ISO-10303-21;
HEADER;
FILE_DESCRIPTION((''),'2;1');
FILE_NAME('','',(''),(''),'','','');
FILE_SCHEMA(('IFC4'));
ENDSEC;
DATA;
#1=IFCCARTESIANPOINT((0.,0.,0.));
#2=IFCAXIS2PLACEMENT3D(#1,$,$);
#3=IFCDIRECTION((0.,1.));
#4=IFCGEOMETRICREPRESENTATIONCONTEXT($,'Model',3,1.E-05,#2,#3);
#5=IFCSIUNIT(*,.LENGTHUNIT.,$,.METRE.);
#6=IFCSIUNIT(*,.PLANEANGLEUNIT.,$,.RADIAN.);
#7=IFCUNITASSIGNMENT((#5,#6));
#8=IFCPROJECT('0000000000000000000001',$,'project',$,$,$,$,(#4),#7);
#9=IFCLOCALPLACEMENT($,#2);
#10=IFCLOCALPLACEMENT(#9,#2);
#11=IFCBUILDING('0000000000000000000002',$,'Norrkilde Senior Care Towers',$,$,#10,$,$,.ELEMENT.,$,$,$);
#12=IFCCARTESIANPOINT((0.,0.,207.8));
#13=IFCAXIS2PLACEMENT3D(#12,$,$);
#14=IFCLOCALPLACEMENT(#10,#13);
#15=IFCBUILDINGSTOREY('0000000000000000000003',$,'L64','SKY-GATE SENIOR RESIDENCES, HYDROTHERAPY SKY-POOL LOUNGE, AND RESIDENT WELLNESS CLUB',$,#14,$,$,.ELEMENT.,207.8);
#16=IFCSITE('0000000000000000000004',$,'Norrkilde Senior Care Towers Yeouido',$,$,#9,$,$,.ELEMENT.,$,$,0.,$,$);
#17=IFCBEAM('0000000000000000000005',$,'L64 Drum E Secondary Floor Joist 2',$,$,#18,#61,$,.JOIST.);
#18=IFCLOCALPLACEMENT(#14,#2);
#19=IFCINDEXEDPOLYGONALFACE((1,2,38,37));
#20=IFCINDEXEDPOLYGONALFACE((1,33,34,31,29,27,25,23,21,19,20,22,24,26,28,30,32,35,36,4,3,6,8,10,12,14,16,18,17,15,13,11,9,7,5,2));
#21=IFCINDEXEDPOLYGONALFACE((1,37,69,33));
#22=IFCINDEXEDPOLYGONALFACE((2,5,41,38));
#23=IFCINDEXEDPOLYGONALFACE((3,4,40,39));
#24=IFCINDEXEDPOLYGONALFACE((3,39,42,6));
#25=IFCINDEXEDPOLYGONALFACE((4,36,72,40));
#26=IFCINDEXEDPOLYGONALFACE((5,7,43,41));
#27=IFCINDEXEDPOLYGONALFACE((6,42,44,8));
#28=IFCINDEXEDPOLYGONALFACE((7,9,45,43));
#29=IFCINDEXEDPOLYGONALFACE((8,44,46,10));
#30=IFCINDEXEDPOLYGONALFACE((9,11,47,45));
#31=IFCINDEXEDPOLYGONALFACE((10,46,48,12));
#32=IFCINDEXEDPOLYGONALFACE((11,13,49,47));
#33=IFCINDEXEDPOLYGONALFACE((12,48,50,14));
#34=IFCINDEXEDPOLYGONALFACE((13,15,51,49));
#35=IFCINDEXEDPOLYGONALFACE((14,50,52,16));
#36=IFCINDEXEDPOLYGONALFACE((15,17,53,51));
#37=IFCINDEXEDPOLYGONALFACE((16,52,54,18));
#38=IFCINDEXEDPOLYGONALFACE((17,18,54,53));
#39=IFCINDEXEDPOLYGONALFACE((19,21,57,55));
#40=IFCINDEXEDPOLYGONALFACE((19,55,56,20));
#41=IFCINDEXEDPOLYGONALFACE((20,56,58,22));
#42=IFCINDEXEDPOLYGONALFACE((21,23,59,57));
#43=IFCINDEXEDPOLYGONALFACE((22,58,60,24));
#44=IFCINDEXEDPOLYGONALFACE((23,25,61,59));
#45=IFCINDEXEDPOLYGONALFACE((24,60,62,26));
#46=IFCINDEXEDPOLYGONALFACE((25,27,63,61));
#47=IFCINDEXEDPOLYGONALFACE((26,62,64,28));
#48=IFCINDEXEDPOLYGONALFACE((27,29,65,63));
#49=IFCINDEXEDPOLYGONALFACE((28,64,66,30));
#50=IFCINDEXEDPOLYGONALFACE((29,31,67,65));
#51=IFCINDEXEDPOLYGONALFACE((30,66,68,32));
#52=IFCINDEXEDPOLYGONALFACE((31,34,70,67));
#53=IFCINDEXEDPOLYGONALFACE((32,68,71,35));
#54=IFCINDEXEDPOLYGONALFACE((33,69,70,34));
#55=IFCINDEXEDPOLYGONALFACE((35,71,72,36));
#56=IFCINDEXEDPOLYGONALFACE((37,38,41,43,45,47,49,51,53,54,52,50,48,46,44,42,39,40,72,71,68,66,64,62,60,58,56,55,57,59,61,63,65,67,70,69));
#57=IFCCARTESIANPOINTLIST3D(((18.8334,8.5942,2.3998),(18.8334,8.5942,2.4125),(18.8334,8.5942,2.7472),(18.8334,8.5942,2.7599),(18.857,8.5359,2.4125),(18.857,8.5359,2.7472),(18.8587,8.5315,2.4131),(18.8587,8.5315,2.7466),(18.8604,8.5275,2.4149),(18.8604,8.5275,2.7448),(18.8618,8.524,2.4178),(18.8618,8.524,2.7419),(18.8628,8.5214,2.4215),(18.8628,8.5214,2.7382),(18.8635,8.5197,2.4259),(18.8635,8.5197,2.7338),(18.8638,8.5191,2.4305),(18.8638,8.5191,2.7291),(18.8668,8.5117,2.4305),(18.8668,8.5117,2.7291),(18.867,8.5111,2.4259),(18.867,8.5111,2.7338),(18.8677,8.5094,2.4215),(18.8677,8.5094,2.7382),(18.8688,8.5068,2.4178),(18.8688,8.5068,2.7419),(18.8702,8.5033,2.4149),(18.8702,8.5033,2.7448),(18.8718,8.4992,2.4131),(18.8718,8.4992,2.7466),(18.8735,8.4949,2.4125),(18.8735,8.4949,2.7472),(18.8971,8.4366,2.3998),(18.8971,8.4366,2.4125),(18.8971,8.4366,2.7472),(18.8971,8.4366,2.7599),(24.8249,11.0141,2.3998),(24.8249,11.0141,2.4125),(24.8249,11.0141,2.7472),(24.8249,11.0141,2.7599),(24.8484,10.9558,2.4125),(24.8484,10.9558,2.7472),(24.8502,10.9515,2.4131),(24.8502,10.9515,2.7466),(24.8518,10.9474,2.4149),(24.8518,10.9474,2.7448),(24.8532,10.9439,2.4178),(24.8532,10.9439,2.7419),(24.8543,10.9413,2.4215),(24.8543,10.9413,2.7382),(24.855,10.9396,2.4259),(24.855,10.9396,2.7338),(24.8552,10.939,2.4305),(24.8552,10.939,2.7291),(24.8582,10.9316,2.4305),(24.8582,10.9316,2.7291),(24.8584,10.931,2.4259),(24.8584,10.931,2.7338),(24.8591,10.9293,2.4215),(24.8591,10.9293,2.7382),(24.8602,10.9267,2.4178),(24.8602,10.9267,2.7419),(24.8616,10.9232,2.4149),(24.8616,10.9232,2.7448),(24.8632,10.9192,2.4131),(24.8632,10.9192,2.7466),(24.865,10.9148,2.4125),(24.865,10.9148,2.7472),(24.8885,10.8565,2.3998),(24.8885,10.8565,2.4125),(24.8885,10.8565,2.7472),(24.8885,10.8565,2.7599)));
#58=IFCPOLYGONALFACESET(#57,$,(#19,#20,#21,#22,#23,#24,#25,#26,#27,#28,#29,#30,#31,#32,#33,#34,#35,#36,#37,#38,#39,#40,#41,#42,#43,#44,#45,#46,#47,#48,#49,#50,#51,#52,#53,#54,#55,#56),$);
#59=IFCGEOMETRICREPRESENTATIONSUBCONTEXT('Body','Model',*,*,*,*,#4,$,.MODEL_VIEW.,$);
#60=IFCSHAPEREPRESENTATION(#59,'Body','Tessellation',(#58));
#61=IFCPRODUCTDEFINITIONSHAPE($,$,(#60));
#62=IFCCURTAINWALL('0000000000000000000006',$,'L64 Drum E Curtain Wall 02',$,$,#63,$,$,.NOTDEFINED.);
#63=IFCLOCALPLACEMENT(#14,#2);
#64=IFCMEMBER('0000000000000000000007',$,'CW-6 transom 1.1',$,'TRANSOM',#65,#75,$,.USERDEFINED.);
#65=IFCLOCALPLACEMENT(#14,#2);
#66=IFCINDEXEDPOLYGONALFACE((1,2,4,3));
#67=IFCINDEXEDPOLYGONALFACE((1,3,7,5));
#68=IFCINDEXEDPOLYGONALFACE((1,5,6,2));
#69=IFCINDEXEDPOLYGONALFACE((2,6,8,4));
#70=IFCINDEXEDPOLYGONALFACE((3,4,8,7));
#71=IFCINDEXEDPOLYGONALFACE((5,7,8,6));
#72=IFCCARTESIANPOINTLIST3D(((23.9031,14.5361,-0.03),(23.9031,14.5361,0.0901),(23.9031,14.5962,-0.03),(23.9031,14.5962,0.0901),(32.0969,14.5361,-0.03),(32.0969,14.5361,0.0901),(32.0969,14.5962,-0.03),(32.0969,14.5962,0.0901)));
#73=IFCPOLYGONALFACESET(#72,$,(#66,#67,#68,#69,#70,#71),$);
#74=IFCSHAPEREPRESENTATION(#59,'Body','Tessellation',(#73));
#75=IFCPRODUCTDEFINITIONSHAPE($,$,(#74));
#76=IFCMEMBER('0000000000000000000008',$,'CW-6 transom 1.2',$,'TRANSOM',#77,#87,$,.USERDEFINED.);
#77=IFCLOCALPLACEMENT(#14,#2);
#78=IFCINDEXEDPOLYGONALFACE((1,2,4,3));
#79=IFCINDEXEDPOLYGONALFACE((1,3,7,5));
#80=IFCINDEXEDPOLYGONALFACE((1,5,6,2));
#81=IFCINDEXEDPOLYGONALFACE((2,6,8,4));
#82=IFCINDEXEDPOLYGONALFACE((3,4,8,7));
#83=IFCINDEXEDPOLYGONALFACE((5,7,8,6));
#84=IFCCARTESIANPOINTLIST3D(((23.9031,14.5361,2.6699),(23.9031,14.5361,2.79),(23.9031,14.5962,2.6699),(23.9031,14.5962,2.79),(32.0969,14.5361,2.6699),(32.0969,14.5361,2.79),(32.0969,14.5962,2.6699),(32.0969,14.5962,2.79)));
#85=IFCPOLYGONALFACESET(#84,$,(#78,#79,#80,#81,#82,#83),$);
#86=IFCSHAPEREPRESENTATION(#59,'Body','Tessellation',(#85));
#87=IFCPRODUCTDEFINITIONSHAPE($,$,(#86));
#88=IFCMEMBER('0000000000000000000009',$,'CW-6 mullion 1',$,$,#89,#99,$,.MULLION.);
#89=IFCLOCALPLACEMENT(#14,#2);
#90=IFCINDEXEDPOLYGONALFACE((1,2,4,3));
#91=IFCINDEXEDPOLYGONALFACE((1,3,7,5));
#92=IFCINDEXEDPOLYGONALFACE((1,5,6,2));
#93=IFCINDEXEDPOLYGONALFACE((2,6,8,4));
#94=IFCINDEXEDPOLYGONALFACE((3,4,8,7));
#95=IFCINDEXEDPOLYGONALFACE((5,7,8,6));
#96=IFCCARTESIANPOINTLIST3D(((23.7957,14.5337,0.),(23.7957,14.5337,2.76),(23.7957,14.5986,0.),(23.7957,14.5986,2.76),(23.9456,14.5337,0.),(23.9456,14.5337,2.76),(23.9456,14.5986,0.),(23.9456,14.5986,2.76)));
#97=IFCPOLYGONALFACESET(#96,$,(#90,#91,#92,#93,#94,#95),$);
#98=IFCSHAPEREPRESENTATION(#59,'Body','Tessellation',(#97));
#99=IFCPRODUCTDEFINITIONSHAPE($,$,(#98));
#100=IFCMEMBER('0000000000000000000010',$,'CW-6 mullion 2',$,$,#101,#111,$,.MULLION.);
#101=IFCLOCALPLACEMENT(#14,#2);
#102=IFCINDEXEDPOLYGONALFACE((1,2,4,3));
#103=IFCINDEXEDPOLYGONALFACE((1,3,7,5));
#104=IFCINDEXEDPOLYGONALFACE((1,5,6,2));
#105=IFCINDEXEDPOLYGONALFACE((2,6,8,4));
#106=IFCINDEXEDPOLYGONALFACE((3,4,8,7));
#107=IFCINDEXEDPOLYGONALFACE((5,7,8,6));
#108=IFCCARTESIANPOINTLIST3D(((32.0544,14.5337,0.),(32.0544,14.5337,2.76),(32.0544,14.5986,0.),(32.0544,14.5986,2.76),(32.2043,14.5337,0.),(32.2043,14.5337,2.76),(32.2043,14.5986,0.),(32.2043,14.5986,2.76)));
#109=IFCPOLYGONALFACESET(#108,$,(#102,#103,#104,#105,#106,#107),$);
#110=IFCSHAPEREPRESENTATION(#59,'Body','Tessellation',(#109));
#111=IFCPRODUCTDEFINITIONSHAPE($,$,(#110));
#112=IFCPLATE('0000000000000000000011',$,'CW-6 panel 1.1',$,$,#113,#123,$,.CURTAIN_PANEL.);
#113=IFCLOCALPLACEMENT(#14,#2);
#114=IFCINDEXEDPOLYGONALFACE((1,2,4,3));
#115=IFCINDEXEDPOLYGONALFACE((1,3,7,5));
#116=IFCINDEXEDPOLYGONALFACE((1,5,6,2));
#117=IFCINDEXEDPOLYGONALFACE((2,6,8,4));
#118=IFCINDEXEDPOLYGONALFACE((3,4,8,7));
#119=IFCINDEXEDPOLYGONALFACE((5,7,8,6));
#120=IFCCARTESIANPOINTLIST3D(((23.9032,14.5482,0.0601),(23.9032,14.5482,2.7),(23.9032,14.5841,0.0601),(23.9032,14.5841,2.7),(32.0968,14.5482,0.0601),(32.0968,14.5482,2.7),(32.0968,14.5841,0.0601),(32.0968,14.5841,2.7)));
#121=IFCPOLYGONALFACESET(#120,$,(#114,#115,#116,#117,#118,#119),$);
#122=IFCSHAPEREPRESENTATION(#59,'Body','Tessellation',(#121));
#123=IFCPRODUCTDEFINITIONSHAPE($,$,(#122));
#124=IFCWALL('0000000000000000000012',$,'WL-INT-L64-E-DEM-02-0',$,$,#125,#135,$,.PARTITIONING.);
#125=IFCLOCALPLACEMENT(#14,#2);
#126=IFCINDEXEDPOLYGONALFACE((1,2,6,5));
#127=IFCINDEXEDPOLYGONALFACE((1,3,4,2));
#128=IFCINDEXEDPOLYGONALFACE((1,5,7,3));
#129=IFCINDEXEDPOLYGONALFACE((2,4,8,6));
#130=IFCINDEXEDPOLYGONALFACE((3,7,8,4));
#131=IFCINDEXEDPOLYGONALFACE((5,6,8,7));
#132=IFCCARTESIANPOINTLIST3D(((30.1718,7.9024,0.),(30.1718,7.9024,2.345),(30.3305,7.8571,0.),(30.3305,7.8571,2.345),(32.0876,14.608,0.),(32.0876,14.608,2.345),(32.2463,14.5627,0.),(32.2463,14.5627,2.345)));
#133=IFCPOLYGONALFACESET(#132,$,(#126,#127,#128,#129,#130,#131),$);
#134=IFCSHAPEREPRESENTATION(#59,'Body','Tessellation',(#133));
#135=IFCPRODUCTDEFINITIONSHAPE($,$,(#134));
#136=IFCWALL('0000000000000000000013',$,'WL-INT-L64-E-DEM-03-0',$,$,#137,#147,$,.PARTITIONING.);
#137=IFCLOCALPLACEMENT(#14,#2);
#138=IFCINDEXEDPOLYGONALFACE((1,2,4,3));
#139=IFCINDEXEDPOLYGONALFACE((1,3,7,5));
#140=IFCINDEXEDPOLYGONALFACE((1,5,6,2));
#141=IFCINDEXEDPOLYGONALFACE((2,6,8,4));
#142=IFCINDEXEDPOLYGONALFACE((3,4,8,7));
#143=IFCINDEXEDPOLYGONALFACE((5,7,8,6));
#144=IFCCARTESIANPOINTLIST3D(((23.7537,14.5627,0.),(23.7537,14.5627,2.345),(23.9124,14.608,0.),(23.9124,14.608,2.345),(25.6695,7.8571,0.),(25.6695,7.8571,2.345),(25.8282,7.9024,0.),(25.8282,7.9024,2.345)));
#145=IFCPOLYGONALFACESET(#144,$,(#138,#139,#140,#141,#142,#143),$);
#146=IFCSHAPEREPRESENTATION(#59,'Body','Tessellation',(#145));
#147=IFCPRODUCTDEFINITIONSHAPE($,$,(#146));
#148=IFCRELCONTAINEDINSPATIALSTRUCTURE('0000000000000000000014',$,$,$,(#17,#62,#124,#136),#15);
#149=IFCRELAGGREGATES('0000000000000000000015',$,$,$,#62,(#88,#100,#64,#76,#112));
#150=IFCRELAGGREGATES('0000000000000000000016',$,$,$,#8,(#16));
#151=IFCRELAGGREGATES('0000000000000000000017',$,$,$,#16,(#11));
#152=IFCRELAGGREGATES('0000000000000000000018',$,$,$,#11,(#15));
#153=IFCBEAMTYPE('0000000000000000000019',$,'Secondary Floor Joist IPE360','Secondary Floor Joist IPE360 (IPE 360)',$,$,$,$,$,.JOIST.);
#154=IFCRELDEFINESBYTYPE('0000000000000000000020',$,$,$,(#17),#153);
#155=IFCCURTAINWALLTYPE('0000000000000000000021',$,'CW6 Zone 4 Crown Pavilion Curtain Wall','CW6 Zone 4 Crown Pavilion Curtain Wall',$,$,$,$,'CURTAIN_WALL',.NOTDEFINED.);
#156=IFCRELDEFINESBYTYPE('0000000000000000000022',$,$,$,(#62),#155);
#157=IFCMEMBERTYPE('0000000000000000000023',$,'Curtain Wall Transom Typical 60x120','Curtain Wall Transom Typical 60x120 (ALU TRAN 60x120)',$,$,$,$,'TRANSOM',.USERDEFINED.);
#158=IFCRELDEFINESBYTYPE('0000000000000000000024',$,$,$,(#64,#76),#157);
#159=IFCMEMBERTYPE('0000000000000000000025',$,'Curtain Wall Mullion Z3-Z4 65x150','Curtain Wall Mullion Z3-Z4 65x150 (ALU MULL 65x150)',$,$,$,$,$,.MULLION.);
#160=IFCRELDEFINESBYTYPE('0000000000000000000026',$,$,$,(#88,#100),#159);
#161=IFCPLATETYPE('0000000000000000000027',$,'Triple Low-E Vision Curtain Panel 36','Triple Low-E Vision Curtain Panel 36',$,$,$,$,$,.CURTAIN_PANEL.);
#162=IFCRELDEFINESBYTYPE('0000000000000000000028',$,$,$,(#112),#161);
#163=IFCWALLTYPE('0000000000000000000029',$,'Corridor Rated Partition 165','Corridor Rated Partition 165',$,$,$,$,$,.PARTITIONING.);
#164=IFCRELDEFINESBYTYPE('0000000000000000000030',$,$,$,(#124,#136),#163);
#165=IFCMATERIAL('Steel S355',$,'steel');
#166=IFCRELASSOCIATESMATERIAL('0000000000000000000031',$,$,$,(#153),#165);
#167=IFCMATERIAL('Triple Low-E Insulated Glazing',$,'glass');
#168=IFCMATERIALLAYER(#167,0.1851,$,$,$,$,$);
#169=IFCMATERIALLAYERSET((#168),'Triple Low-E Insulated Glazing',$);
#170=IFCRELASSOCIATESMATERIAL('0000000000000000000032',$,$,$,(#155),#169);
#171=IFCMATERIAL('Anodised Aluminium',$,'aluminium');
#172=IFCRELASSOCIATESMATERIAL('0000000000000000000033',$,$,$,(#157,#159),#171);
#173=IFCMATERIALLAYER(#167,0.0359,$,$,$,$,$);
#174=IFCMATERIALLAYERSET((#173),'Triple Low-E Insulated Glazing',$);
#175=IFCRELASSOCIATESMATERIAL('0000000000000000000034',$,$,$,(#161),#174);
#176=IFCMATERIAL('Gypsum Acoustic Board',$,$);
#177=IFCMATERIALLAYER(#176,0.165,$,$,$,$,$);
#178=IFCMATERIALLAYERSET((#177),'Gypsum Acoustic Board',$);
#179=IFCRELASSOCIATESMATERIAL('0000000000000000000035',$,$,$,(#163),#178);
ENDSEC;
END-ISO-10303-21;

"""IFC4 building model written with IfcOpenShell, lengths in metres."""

from ifc_helpers import new_model, si_unit, direction, frame, frame_2d, origin, origin_2d, place, context, subcontext, project, spatial, rectangle, i_section, extrude, source, transform, mapped, material, layer, layer_set, material_profile, profile_set, type_object, type_shapes, element, aggregate, save


model = new_model("IFC4")

# Units and contexts
model_context = context("Model", 3, precision=1e-05, world=origin(), true_north=direction((0.0, 1.0)))
body_context = subcontext(model_context, "Body", "Model", "MODEL_VIEW")
ifc_project = project(units=[si_unit("LENGTHUNIT", "METRE"), si_unit("PLANEANGLEUNIT", "RADIAN")], contexts=[model_context])

# Site, building, storey
site_placement = place(None, origin())
site = spatial("IfcSite", under=ifc_project, at=site_placement, Name="Norrkilde Senior Care Towers Yeouido", CompositionType="ELEMENT", RefElevation=0.0)
building_placement = place(site_placement, origin())
building = spatial("IfcBuilding", under=site, at=building_placement, Name="Norrkilde Senior Care Towers", CompositionType="ELEMENT")
storey_placement = place(building_placement, frame((0.0, 0.0, 207.8)))
storey = spatial("IfcBuildingStorey", under=building, at=storey_placement, Name="L64", Description="SKY-GATE SENIOR RESIDENCES, HYDROTHERAPY SKY-POOL LOUNGE, AND RESIDENT WELLNESS CLUB", CompositionType="ELEMENT", Elevation=207.8)

# Beam
ifc_material_1 = material(Name="Steel S355", Category="steel")
ifc_material_profile_1 = material_profile(ifc_material_1, i_section(OverallWidth=0.1699, OverallDepth=0.3601, WebThickness=0.0081, FlangeThickness=0.0127, FilletRadius=0.0181, at=origin_2d()), Name="IPE 360")
ifc_profile_set_1 = profile_set([ifc_material_profile_1], Name="Steel S355")
beam_type_1 = type_object("IfcBeamType", Name="Secondary Floor Joist IPE360", Description="Secondary Floor Joist IPE360 (IPE 360)", PredefinedType="JOIST", material=ifc_profile_set_1)
shared_shape_1 = source(origin(), body_context, "Body", "SweptSolid", [
    extrude(i_section(OverallWidth=0.1699, OverallDepth=0.3601, WebThickness=0.0081, FlangeThickness=0.0127, FilletRadius=0.0181, at=origin_2d()), origin(), (0.0, 0.0, 1.0), 6.4617),
])
type_shapes(beam_type_1, [shared_shape_1])
beam_1_placement = place(storey_placement, frame((24.8567, 10.9353, 2.5798), z_axis=(-0.927226, -0.374502, 0.0), x_axis=(0.374502, -0.927226, 0.0)))
element("IfcBeam", 1, at=beam_1_placement, inside=storey, type_object=beam_type_1, Name="L64 Drum E Secondary Floor Joist 2", PredefinedType="JOIST", context=body_context, shape_type="MappedRepresentation", body=[
    mapped(shared_shape_1, transform((0.0, 0.0, 0.0), x_axis=(1.0, 0.0, 0.0), y_axis=(0.0, 1.0, 0.0), z_axis=(0.0, 0.0, 1.0), scale=1.0)),
])

# Curtain wall, members, plate
ifc_material_2 = material(Name="Triple Low-E Insulated Glazing", Category="glass")
ifc_layer_1 = layer(ifc_material_2, 0.1851)
ifc_layer_set_1 = layer_set([ifc_layer_1], Name="Triple Low-E Insulated Glazing")
curtain_wall_type = type_object("IfcCurtainWallType", Name="CW6 Zone 4 Crown Pavilion Curtain Wall", Description="CW6 Zone 4 Crown Pavilion Curtain Wall", ElementType="CURTAIN_WALL", PredefinedType="NOTDEFINED", material=ifc_layer_set_1)
curtain_wall_placement = place(storey_placement, origin())
curtain_wall = element("IfcCurtainWall", 2, at=curtain_wall_placement, inside=storey, type_object=curtain_wall_type, Name="L64 Drum E Curtain Wall 02", PredefinedType="NOTDEFINED")
ifc_material_3 = material(Name="Anodised Aluminium", Category="aluminium")
ifc_material_profile_2 = material_profile(ifc_material_3, rectangle(XDim=0.0601, YDim=0.1201, at=origin_2d()), Name="ALU TRAN 60x120")
ifc_profile_set_2 = profile_set([ifc_material_profile_2], Name="Anodised Aluminium")
member_type_1 = type_object("IfcMemberType", Name="Curtain Wall Transom Typical 60x120", Description="Curtain Wall Transom Typical 60x120 (ALU TRAN 60x120)", ElementType="TRANSOM", PredefinedType="USERDEFINED", material=ifc_profile_set_2)
shared_shape_2 = source(origin(), body_context, "Body", "SweptSolid", [
    extrude(rectangle(XDim=0.0601, YDim=0.1201, at=origin_2d()), origin(), (0.0, 0.0, 1.0), 8.1938),
])
type_shapes(member_type_1, [shared_shape_2])
member_1_placement = place(storey_placement, frame((23.9031, 14.5662, 0.03), z_axis=(1.0, 0.0, 0.0), x_axis=(0.0, 1.0, 0.0)))
member_1 = element("IfcMember", 3, at=member_1_placement, type_object=member_type_1, Name="CW-6 transom 1.1", ObjectType="TRANSOM", PredefinedType="USERDEFINED", context=body_context, shape_type="MappedRepresentation", body=[
    mapped(shared_shape_2, transform((0.0, 0.0, 0.0), x_axis=(1.0, 0.0, 0.0), y_axis=(0.0, 1.0, 0.0), z_axis=(0.0, 0.0, 1.0), scale=1.0)),
])
member_2_placement = place(storey_placement, frame((23.9031, 14.5662, 2.73), z_axis=(1.0, 0.0, 0.0), x_axis=(0.0, 1.0, 0.0)))
member_2 = element("IfcMember", 4, at=member_2_placement, type_object=member_type_1, Name="CW-6 transom 1.2", ObjectType="TRANSOM", PredefinedType="USERDEFINED", context=body_context, shape_type="MappedRepresentation", body=[
    mapped(shared_shape_2, transform((0.0, 0.0, 0.0), x_axis=(1.0, 0.0, 0.0), y_axis=(0.0, 1.0, 0.0), z_axis=(0.0, 0.0, 1.0), scale=1.0)),
])
ifc_material_profile_3 = material_profile(ifc_material_3, rectangle(XDim=0.0649, YDim=0.1499, at=origin_2d()), Name="ALU MULL 65x150")
ifc_profile_set_3 = profile_set([ifc_material_profile_3], Name="Anodised Aluminium")
member_type_2 = type_object("IfcMemberType", Name="Curtain Wall Mullion Z3-Z4 65x150", Description="Curtain Wall Mullion Z3-Z4 65x150 (ALU MULL 65x150)", PredefinedType="MULLION", material=ifc_profile_set_3)
shared_shape_3 = source(origin(), body_context, "Body", "SweptSolid", [
    extrude(rectangle(XDim=0.0649, YDim=0.1499, at=origin_2d()), origin(), (0.0, 0.0, 1.0), 2.76),
])
type_shapes(member_type_2, [shared_shape_3])
member_3_placement = place(storey_placement, frame((23.8706, 14.5662, 0.0), z_axis=(0.0, 0.0, 1.0), x_axis=(0.0, 1.0, 0.0)))
member_3 = element("IfcMember", 5, at=member_3_placement, type_object=member_type_2, Name="CW-6 mullion 1", PredefinedType="MULLION", context=body_context, shape_type="MappedRepresentation", body=[
    mapped(shared_shape_3, transform((0.0, 0.0, 0.0), x_axis=(1.0, 0.0, 0.0), y_axis=(0.0, 1.0, 0.0), z_axis=(0.0, 0.0, 1.0), scale=1.0)),
])
member_4_placement = place(storey_placement, frame((32.1294, 14.5662, 0.0), z_axis=(0.0, 0.0, 1.0), x_axis=(0.0, 1.0, 0.0)))
member_4 = element("IfcMember", 6, at=member_4_placement, type_object=member_type_2, Name="CW-6 mullion 2", PredefinedType="MULLION", context=body_context, shape_type="MappedRepresentation", body=[
    mapped(shared_shape_3, transform((0.0, 0.0, 0.0), x_axis=(1.0, 0.0, 0.0), y_axis=(0.0, 1.0, 0.0), z_axis=(0.0, 0.0, 1.0), scale=1.0)),
])
ifc_layer_2 = layer(ifc_material_2, 0.0359)
ifc_layer_set_2 = layer_set([ifc_layer_2], Name="Triple Low-E Insulated Glazing")
plate_type = type_object("IfcPlateType", Name="Triple Low-E Vision Curtain Panel 36", Description="Triple Low-E Vision Curtain Panel 36", PredefinedType="CURTAIN_PANEL", material=ifc_layer_set_2)
shared_shape_4 = source(origin(), body_context, "Body", "SweptSolid", [
    extrude(rectangle(XDim=8.1936, YDim=0.0359, at=origin_2d()), origin(), (0.0, 0.0, 1.0), 2.6399),
])
type_shapes(plate_type, [shared_shape_4])
plate_placement = place(storey_placement, frame((28.0, 14.5662, 0.0601), z_axis=(0.0, 0.0, 1.0), x_axis=(1.0, 0.0, 0.0)))
plate = element("IfcPlate", 7, at=plate_placement, type_object=plate_type, Name="CW-6 panel 1.1", PredefinedType="CURTAIN_PANEL", context=body_context, shape_type="MappedRepresentation", body=[
    mapped(shared_shape_4, transform((0.0, 0.0, 0.0), x_axis=(1.0, 0.0, 0.0), y_axis=(0.0, 1.0, 0.0), z_axis=(0.0, 0.0, 1.0), scale=1.0)),
])
aggregate(curtain_wall, [member_3, member_4, member_1, member_2, plate])

# Walls
ifc_material_4 = material(Name="Gypsum Acoustic Board")
ifc_layer_3 = layer(ifc_material_4, 0.165)
ifc_layer_set_3 = layer_set([ifc_layer_3], Name="Gypsum Acoustic Board")
wall_type = type_object("IfcWallType", Name="Corridor Rated Partition 165", Description="Corridor Rated Partition 165", PredefinedType="PARTITIONING", material=ifc_layer_set_3)
shared_shape_5 = source(origin(), body_context, "Body", "SweptSolid", [
    extrude(rectangle(XDim=6.9739, YDim=0.165, at=frame_2d((3.4868, 0.0))), origin(), (0.0, 0.0, 1.0), 2.345),
])
for number, where, z_axis, x_axis, name in (
    (8, (30.2512, 7.8799, 0.0), (0.0, 0.0, 1.0), (0.274707, 0.961528, 0.0), "WL-INT-L64-E-DEM-02-0"),
    (9, (25.7488, 7.8799, 0.0), (0.0, 0.0, 1.0), (-0.274707, 0.961528, 0.0), "WL-INT-L64-E-DEM-03-0"),
):
    element("IfcWall", number, at=place(storey_placement, frame(where, z_axis=z_axis, x_axis=x_axis)), inside=storey, type_object=wall_type, Name=name, PredefinedType="PARTITIONING", context=body_context, shape_type="MappedRepresentation", body=[
        mapped(shared_shape_5, transform((0.0, 0.0, 0.0), x_axis=(1.0, 0.0, 0.0), y_axis=(0.0, 1.0, 0.0), z_axis=(0.0, 0.0, 1.0), scale=1.0)),
    ])

save(model, "model.ifc")
